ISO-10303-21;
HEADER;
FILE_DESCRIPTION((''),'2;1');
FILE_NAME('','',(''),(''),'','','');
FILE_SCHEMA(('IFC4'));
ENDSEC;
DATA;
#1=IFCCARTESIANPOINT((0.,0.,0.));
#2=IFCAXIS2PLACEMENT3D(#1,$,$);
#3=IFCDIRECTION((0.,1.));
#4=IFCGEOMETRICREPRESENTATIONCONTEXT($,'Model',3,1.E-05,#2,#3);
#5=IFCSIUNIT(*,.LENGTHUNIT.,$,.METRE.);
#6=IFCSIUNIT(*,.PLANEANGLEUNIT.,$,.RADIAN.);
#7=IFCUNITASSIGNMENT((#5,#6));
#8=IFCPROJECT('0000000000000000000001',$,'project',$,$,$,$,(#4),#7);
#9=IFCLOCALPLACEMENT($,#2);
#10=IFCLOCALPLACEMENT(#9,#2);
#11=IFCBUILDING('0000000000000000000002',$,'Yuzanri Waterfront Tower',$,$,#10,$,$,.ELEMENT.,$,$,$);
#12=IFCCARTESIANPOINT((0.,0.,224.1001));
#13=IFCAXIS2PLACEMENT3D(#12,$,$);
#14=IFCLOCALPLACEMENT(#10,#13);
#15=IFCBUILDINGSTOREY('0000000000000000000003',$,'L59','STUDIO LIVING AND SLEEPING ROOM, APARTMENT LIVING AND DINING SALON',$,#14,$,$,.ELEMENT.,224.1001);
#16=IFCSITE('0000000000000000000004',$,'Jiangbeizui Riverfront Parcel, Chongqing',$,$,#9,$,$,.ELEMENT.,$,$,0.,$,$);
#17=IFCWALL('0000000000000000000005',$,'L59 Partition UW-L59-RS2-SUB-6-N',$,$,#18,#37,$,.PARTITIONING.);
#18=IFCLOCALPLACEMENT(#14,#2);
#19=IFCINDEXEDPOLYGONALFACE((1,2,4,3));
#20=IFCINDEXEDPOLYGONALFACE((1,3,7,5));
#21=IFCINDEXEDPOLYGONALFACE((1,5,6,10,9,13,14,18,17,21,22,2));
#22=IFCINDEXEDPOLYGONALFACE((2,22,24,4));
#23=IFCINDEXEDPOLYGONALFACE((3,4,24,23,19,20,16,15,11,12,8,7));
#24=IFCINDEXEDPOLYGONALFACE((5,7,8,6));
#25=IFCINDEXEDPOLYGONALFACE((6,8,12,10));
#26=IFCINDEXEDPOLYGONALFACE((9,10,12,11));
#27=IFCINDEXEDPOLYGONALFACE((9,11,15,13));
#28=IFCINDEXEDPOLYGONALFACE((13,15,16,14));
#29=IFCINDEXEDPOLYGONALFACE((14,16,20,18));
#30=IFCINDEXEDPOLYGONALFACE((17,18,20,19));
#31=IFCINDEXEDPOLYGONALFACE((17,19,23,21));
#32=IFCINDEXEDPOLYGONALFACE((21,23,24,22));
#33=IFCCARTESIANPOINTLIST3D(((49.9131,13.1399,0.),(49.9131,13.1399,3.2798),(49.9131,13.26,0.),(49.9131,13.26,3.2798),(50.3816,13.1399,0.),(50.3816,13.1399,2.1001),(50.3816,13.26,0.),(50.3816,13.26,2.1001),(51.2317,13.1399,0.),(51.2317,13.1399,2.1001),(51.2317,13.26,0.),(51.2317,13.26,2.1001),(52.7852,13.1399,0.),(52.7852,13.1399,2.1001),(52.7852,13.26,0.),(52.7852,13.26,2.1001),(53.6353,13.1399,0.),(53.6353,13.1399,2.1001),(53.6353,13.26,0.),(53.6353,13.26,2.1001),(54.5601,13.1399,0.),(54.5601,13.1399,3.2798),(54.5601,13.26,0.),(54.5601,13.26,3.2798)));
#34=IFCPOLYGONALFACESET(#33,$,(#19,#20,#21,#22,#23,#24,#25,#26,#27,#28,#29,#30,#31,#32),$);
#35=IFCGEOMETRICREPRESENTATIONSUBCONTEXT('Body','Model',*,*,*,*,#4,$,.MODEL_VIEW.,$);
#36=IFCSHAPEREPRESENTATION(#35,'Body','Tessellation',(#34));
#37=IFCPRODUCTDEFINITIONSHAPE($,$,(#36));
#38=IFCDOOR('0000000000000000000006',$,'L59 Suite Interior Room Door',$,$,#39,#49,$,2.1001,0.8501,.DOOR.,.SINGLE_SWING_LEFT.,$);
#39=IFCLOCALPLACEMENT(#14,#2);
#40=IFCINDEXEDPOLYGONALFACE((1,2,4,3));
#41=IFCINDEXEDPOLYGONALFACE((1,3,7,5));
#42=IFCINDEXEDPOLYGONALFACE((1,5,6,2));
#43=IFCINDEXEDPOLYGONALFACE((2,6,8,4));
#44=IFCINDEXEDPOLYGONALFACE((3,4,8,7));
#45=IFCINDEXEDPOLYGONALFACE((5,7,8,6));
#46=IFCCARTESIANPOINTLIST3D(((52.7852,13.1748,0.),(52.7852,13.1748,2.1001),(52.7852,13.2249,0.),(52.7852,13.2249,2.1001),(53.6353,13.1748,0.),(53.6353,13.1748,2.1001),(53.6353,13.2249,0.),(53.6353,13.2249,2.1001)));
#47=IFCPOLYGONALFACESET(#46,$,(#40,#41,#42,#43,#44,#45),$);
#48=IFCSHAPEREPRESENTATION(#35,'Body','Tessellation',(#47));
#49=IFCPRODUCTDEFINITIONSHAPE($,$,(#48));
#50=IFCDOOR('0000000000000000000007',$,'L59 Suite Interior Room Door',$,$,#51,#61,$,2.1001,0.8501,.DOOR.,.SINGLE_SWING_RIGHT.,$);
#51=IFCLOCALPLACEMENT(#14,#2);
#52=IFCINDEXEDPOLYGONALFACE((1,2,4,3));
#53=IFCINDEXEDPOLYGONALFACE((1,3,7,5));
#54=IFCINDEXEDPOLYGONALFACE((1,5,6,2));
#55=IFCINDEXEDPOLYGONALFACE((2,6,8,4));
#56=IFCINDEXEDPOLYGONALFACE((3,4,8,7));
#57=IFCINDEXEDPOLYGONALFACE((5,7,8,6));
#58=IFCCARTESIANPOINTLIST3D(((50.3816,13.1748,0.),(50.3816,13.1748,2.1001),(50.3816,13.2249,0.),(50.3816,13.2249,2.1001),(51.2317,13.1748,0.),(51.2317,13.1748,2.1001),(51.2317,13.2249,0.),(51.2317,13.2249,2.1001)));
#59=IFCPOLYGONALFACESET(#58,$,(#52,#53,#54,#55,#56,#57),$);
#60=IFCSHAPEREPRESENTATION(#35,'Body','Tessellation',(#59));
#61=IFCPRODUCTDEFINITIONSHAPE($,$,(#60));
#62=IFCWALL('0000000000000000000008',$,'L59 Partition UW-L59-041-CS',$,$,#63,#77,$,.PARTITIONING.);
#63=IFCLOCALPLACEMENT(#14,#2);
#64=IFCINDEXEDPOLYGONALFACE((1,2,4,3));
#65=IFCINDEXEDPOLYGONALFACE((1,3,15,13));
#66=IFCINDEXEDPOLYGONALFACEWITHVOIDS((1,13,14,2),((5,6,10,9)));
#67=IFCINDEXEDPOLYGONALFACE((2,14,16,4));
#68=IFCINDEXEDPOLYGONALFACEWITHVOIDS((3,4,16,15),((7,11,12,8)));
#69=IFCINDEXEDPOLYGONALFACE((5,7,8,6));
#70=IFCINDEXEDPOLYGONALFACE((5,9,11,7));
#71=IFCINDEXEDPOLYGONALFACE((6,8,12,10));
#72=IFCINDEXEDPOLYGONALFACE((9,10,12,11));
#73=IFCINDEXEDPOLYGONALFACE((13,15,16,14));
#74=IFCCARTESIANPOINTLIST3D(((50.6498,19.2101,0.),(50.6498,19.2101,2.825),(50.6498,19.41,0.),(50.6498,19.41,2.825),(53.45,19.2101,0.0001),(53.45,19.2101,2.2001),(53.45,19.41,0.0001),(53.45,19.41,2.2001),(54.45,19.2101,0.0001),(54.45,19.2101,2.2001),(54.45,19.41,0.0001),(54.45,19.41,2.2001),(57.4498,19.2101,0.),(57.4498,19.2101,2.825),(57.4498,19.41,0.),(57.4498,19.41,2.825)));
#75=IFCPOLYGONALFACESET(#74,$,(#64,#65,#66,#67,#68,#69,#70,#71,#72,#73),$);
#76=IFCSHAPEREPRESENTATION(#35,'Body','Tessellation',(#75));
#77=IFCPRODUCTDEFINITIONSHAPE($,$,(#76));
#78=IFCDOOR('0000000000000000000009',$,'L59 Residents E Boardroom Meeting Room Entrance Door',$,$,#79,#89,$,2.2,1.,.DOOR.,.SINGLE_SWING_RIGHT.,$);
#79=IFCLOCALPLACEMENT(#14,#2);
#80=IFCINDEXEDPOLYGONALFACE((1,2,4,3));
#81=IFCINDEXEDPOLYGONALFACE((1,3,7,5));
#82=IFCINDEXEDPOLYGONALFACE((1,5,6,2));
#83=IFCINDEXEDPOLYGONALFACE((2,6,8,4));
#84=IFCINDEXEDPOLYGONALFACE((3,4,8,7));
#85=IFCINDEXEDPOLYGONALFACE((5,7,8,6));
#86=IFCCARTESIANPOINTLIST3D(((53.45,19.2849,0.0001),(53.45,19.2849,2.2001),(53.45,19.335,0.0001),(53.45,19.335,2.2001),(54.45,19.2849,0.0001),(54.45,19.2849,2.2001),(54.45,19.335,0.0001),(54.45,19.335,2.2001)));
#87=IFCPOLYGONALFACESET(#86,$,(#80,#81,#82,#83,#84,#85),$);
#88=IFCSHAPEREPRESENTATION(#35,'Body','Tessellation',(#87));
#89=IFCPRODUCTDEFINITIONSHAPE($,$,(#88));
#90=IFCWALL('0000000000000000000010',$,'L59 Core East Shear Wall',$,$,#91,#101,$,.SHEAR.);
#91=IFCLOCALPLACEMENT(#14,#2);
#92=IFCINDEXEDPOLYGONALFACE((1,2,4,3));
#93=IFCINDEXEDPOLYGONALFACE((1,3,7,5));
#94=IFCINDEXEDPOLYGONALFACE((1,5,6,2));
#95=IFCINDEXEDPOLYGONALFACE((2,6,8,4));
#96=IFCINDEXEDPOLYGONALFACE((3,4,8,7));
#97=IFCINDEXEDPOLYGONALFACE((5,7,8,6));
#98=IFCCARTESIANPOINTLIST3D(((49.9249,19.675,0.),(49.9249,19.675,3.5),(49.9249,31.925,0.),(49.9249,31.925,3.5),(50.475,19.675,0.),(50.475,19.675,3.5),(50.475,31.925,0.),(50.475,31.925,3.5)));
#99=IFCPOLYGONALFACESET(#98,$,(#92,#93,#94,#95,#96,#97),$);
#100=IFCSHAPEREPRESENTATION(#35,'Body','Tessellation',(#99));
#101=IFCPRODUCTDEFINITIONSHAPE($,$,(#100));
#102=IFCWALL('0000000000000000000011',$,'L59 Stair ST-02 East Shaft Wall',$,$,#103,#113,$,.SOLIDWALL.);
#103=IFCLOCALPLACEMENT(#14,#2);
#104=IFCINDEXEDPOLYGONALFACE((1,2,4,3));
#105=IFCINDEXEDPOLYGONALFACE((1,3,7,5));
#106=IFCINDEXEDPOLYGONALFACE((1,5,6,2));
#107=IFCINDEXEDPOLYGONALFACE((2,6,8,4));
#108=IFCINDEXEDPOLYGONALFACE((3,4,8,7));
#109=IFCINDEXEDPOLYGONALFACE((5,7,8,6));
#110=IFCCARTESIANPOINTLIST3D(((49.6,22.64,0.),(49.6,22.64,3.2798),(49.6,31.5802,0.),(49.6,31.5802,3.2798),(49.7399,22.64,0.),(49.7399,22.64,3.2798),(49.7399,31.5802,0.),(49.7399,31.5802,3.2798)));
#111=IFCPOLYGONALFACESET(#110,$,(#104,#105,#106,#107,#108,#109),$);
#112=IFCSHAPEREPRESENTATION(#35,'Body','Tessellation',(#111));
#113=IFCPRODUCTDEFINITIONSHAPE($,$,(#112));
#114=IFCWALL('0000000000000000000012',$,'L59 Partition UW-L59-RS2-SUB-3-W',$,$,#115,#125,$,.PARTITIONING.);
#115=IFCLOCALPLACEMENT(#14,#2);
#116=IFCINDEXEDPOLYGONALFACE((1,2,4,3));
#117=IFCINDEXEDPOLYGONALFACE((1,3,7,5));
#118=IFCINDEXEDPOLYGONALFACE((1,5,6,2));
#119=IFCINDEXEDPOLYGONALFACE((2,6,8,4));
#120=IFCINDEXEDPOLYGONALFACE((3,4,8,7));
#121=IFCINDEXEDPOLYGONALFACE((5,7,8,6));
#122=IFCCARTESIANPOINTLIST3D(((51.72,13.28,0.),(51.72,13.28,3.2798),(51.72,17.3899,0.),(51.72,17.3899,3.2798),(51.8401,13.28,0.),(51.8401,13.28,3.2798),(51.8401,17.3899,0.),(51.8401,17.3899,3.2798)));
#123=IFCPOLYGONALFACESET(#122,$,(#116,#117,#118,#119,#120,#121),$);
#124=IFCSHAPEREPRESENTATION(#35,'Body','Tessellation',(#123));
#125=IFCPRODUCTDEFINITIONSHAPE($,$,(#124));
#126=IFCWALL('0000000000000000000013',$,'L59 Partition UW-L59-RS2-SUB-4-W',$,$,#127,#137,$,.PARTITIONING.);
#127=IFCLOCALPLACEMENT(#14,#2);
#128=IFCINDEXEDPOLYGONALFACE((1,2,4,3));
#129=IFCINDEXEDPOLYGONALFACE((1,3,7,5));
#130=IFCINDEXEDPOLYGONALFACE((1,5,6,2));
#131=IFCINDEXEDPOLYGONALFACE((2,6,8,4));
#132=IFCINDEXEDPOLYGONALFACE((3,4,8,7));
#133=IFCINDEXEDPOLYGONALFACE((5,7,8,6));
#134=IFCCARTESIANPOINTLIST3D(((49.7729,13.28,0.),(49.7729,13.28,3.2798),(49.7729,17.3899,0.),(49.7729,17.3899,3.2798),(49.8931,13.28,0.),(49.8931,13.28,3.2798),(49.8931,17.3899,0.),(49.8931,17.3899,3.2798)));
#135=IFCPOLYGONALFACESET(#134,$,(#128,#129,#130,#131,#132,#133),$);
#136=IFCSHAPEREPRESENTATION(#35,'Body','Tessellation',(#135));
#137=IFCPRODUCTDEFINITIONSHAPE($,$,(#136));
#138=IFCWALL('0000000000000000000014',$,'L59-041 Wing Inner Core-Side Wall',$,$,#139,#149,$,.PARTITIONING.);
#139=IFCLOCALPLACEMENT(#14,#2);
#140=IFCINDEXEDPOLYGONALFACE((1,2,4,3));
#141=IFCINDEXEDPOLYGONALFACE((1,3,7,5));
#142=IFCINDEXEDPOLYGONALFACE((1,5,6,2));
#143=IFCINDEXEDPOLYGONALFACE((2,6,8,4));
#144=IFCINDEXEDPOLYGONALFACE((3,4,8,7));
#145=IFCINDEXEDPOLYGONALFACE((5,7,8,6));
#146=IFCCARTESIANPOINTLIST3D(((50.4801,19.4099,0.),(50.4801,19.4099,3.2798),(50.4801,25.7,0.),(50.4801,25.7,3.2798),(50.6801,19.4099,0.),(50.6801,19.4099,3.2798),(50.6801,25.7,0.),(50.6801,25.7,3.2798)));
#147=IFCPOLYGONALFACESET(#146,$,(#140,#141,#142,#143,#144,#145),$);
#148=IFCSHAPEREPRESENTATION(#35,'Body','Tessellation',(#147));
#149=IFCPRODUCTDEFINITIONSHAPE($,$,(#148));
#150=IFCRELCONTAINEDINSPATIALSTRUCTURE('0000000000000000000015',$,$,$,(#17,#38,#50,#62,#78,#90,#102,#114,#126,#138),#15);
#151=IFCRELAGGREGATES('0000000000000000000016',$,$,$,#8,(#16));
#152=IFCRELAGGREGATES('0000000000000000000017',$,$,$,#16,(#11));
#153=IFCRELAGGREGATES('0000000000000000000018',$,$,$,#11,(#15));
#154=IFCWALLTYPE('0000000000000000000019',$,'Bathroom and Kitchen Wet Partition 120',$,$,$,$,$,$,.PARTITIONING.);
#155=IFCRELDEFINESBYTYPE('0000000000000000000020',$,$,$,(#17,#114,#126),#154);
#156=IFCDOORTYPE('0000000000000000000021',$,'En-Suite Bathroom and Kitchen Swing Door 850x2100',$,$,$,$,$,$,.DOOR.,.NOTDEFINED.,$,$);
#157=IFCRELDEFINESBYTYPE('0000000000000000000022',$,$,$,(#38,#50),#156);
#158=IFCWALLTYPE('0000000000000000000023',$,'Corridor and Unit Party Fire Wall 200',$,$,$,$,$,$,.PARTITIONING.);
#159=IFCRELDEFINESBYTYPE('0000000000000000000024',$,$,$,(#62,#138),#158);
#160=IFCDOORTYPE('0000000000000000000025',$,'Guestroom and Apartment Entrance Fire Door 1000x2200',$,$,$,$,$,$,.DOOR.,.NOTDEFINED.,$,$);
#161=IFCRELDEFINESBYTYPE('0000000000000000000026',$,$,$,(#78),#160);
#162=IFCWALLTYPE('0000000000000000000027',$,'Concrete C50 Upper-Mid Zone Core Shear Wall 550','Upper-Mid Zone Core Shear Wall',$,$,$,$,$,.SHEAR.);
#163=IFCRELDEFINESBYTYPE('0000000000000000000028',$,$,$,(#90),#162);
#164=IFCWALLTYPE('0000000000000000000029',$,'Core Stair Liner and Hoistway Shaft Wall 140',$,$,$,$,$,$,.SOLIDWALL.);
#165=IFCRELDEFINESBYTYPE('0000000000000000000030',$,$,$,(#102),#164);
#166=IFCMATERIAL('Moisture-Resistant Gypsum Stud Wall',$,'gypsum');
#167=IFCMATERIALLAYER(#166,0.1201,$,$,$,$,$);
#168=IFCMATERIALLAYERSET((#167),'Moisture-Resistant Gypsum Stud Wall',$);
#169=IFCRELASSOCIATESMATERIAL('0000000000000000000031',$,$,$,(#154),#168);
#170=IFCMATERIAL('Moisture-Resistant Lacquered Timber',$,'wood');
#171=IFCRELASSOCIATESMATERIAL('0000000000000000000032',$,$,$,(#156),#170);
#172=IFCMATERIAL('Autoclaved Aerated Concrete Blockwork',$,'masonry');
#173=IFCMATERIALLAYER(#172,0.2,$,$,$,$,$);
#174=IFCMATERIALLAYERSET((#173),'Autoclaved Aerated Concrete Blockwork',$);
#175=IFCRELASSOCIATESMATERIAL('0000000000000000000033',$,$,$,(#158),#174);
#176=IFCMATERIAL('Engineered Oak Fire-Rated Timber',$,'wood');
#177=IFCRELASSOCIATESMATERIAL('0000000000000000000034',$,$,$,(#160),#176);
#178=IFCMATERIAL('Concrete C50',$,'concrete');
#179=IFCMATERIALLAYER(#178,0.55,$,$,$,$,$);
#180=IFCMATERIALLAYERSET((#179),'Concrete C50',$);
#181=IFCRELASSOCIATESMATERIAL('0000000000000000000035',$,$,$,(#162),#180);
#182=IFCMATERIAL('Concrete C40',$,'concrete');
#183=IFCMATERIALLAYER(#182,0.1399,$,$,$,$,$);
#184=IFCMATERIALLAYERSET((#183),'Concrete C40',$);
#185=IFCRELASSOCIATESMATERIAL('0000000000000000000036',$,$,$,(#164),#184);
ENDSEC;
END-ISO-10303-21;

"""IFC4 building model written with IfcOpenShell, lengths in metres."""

from ifc_helpers import new_model, si_unit, direction, frame, frame_2d, origin, place, context, subcontext, project, spatial, rectangle, extrude, source, transform, mapped, material, layer, layer_set, type_object, element, fill, save


model = new_model("IFC4")

# Units and contexts
model_context = context("Model", 3, precision=1e-05, world=origin(), true_north=direction((0.0, 1.0)))
body_context = subcontext(model_context, "Body", "Model", "MODEL_VIEW")
ifc_project = project(units=[si_unit("LENGTHUNIT", "METRE"), si_unit("PLANEANGLEUNIT", "RADIAN")], contexts=[model_context])

# Site, building, storey
site_placement = place(None, origin())
site = spatial("IfcSite", under=ifc_project, at=site_placement, Name="Jiangbeizui Riverfront Parcel, Chongqing", CompositionType="ELEMENT", RefElevation=0.0)
building_placement = place(site_placement, origin())
building = spatial("IfcBuilding", under=site, at=building_placement, Name="Yuzanri Waterfront Tower", CompositionType="ELEMENT")
storey_placement = place(building_placement, frame((0.0, 0.0, 224.1001)))
storey = spatial("IfcBuildingStorey", under=building, at=storey_placement, Name="L59", Description="STUDIO LIVING AND SLEEPING ROOM, APARTMENT LIVING AND DINING SALON", CompositionType="ELEMENT", Elevation=224.1001)

# Wall, openings, doors
ifc_material_1 = material(Name="Moisture-Resistant Gypsum Stud Wall", Category="gypsum")
ifc_layer_1 = layer(ifc_material_1, 0.1201)
ifc_layer_set_1 = layer_set([ifc_layer_1], Name="Moisture-Resistant Gypsum Stud Wall")
wall_type_1 = type_object("IfcWallType", Name="Bathroom and Kitchen Wet Partition 120", PredefinedType="PARTITIONING", material=ifc_layer_set_1)
wall_1_placement = place(storey_placement, frame((49.9131, 13.2, 0.0), z_axis=(0.0, 0.0, 1.0), x_axis=(1.0, 0.0, 0.0)))
wall_1 = element("IfcWall", 1, at=wall_1_placement, inside=storey, type_object=wall_type_1, Name="L59 Partition UW-L59-RS2-SUB-6-N", PredefinedType="PARTITIONING", context=body_context, shape_type="SweptSolid", body=[
    extrude(rectangle(XDim=4.647, YDim=0.1201, at=frame_2d((2.3235, 0.0))), origin(), (0.0, 0.0, 1.0), 3.2798),
])
opening_1_placement = place(wall_1_placement, frame((2.8721, 0.0, 0.0)))
opening_1 = element("IfcOpeningElement", 2, at=opening_1_placement, cuts=wall_1, PredefinedType="OPENING", context=body_context, shape_type="SweptSolid", body=[
    extrude(rectangle(XDim=0.8501, YDim=2.1001, at=frame_2d((0.425, 1.05))), frame((0.0, 0.075, 0.0), z_axis=(0.0, -1.0, 0.0), x_axis=(1.0, 0.0, 0.0)), (0.0, 0.0, 1.0), 0.1499),
])
opening_2_placement = place(wall_1_placement, frame((0.4685, 0.0, 0.0)))
opening_2 = element("IfcOpeningElement", 3, at=opening_2_placement, cuts=wall_1, PredefinedType="OPENING", context=body_context, shape_type="SweptSolid", body=[
    extrude(rectangle(XDim=0.8501, YDim=2.1001, at=frame_2d((0.425, 1.05))), frame((0.0, 0.075, 0.0), z_axis=(0.0, -1.0, 0.0), x_axis=(1.0, 0.0, 0.0)), (0.0, 0.0, 1.0), 0.1499),
])
ifc_material_2 = material(Name="Moisture-Resistant Lacquered Timber", Category="wood")
door_type_1 = type_object("IfcDoorType", Name="En-Suite Bathroom and Kitchen Swing Door 850x2100", OperationType="NOTDEFINED", PredefinedType="DOOR", material=ifc_material_2)
shared_shape_1 = source(origin(), body_context, "Body", "SweptSolid", [
    extrude(rectangle(XDim=0.8501, YDim=2.1001, at=frame_2d((0.425, 1.05))), frame((0.0, 0.0249, 0.0), z_axis=(0.0, -1.0, 0.0), x_axis=(1.0, 0.0, 0.0)), (0.0, 0.0, 1.0), 0.05),
])
door_1_placement = place(opening_1_placement, origin())
door_1 = element("IfcDoor", 4, at=door_1_placement, inside=storey, type_object=door_type_1, Name="L59 Suite Interior Room Door", OperationType="SINGLE_SWING_LEFT", OverallHeight=2.1001, OverallWidth=0.8501, PredefinedType="DOOR", context=body_context, shape_type="MappedRepresentation", body=[
    mapped(shared_shape_1, transform((0.0, 0.0, 0.0), scale=1.0)),
])
fill(opening_1, door_1)
door_2_placement = place(opening_2_placement, origin())
door_2 = element("IfcDoor", 5, at=door_2_placement, inside=storey, type_object=door_type_1, Name="L59 Suite Interior Room Door", OperationType="SINGLE_SWING_RIGHT", OverallHeight=2.1001, OverallWidth=0.8501, PredefinedType="DOOR", context=body_context, shape_type="MappedRepresentation", body=[
    mapped(shared_shape_1, transform((0.0, 0.0, 0.0), scale=1.0)),
])
fill(opening_2, door_2)

# Wall, opening, door
ifc_material_3 = material(Name="Autoclaved Aerated Concrete Blockwork", Category="masonry")
ifc_layer_2 = layer(ifc_material_3, 0.2)
ifc_layer_set_2 = layer_set([ifc_layer_2], Name="Autoclaved Aerated Concrete Blockwork")
wall_type_2 = type_object("IfcWallType", Name="Corridor and Unit Party Fire Wall 200", PredefinedType="PARTITIONING", material=ifc_layer_set_2)
wall_2_placement = place(storey_placement, frame((50.6499, 19.3101, 0.0), z_axis=(0.0, 0.0, 1.0), x_axis=(1.0, 0.0, 0.0)))
wall_2 = element("IfcWall", 6, at=wall_2_placement, inside=storey, type_object=wall_type_2, Name="L59 Partition UW-L59-041-CS", PredefinedType="PARTITIONING", context=body_context, shape_type="SweptSolid", body=[
    extrude(rectangle(XDim=6.8, YDim=0.2, at=frame_2d((3.3999, 0.0))), origin(), (0.0, 0.0, 1.0), 2.825),
])
opening_3_placement = place(wall_2_placement, frame((2.8, 0.0, 0.0)))
opening_3 = element("IfcOpeningElement", 7, at=opening_3_placement, cuts=wall_2, PredefinedType="OPENING", context=body_context, shape_type="SweptSolid", body=[
    extrude(rectangle(XDim=1.0, YDim=2.2, at=frame_2d((0.5, 1.1001))), frame((0.0, 0.1147, 0.0), z_axis=(0.0, -1.0, 0.0), x_axis=(1.0, 0.0, 0.0)), (0.0, 0.0, 1.0), 0.2297),
])
ifc_material_4 = material(Name="Engineered Oak Fire-Rated Timber", Category="wood")
door_type_2 = type_object("IfcDoorType", Name="Guestroom and Apartment Entrance Fire Door 1000x2200", OperationType="NOTDEFINED", PredefinedType="DOOR", material=ifc_material_4)
shared_shape_2 = source(origin(), body_context, "Body", "SweptSolid", [
    extrude(rectangle(XDim=1.0, YDim=2.2, at=frame_2d((0.5, 1.1001))), frame((0.0, 0.0249, 0.0), z_axis=(0.0, -1.0, 0.0), x_axis=(1.0, 0.0, 0.0)), (0.0, 0.0, 1.0), 0.05),
])
door_3_placement = place(opening_3_placement, origin())
door_3 = element("IfcDoor", 8, at=door_3_placement, inside=storey, type_object=door_type_2, Name="L59 Residents E Boardroom Meeting Room Entrance Door", OperationType="SINGLE_SWING_RIGHT", OverallHeight=2.2, OverallWidth=1.0, PredefinedType="DOOR", context=body_context, shape_type="MappedRepresentation", body=[
    mapped(shared_shape_2, transform((0.0, 0.0, 0.0), scale=1.0)),
])
fill(opening_3, door_3)

# Walls
ifc_material_5 = material(Name="Concrete C50", Category="concrete")
ifc_layer_3 = layer(ifc_material_5, 0.55)
ifc_layer_set_3 = layer_set([ifc_layer_3], Name="Concrete C50")
wall_type_3 = type_object("IfcWallType", Name="Concrete C50 Upper-Mid Zone Core Shear Wall 550", Description="Upper-Mid Zone Core Shear Wall", PredefinedType="SHEAR", material=ifc_layer_set_3)
shared_shape_3 = source(origin(), body_context, "Body", "SweptSolid", [
    extrude(rectangle(XDim=12.25, YDim=0.55, at=frame_2d((6.125, 0.0))), origin(), (0.0, 0.0, 1.0), 3.5),
])
wall_3_placement = place(storey_placement, frame((50.2, 19.675, 0.0), z_axis=(0.0, 0.0, 1.0), x_axis=(0.0, 1.0, 0.0)))
element("IfcWall", 9, at=wall_3_placement, inside=storey, type_object=wall_type_3, Name="L59 Core East Shear Wall", PredefinedType="SHEAR", context=body_context, shape_type="MappedRepresentation", body=[
    mapped(shared_shape_3, transform((0.0, 0.0, 0.0), scale=1.0)),
])
ifc_material_6 = material(Name="Concrete C40", Category="concrete")
ifc_layer_4 = layer(ifc_material_6, 0.1399)
ifc_layer_set_4 = layer_set([ifc_layer_4], Name="Concrete C40")
wall_type_4 = type_object("IfcWallType", Name="Core Stair Liner and Hoistway Shaft Wall 140", PredefinedType="SOLIDWALL", material=ifc_layer_set_4)
shared_shape_4 = source(origin(), body_context, "Body", "SweptSolid", [
    extrude(rectangle(XDim=8.9402, YDim=0.1399, at=frame_2d((4.4702, 0.0))), origin(), (0.0, 0.0, 1.0), 3.2798),
])
wall_4_placement = place(storey_placement, frame((49.6699, 22.6399, 0.0), z_axis=(0.0, 0.0, 1.0), x_axis=(0.0, 1.0, 0.0)))
element("IfcWall", 10, at=wall_4_placement, inside=storey, type_object=wall_type_4, Name="L59 Stair ST-02 East Shaft Wall", PredefinedType="SOLIDWALL", context=body_context, shape_type="MappedRepresentation", body=[
    mapped(shared_shape_4, transform((0.0, 0.0, 0.0), scale=1.0)),
])
shared_shape_5 = source(origin(), body_context, "Body", "SweptSolid", [
    extrude(rectangle(XDim=4.1099, YDim=0.1201, at=frame_2d((2.0549, 0.0))), origin(), (0.0, 0.0, 1.0), 3.2798),
])
for number, where, z_axis, x_axis, name in (
    (11, (51.78, 13.28, 0.0), (0.0, 0.0, 1.0), (0.0, 1.0, 0.0), "L59 Partition UW-L59-RS2-SUB-3-W"),
    (12, (49.833, 13.28, 0.0), (0.0, 0.0, 1.0), (0.0, 1.0, 0.0), "L59 Partition UW-L59-RS2-SUB-4-W"),
):
    element("IfcWall", number, at=place(storey_placement, frame(where, z_axis=z_axis, x_axis=x_axis)), inside=storey, type_object=wall_type_1, Name=name, PredefinedType="PARTITIONING", context=body_context, shape_type="MappedRepresentation", body=[
        mapped(shared_shape_5, transform((0.0, 0.0, 0.0), scale=1.0)),
    ])
shared_shape_6 = source(origin(), body_context, "Body", "SweptSolid", [
    extrude(rectangle(XDim=6.29, YDim=0.2, at=frame_2d((3.145, 0.0))), origin(), (0.0, 0.0, 1.0), 3.2798),
])
wall_5_placement = place(storey_placement, frame((50.5801, 19.4099, 0.0), z_axis=(0.0, 0.0, 1.0), x_axis=(0.0, 1.0, 0.0)))
element("IfcWall", 13, at=wall_5_placement, inside=storey, type_object=wall_type_2, Name="L59-041 Wing Inner Core-Side Wall", PredefinedType="PARTITIONING", context=body_context, shape_type="MappedRepresentation", body=[
    mapped(shared_shape_6, transform((0.0, 0.0, 0.0), scale=1.0)),
])

save(model, "model.ifc")
